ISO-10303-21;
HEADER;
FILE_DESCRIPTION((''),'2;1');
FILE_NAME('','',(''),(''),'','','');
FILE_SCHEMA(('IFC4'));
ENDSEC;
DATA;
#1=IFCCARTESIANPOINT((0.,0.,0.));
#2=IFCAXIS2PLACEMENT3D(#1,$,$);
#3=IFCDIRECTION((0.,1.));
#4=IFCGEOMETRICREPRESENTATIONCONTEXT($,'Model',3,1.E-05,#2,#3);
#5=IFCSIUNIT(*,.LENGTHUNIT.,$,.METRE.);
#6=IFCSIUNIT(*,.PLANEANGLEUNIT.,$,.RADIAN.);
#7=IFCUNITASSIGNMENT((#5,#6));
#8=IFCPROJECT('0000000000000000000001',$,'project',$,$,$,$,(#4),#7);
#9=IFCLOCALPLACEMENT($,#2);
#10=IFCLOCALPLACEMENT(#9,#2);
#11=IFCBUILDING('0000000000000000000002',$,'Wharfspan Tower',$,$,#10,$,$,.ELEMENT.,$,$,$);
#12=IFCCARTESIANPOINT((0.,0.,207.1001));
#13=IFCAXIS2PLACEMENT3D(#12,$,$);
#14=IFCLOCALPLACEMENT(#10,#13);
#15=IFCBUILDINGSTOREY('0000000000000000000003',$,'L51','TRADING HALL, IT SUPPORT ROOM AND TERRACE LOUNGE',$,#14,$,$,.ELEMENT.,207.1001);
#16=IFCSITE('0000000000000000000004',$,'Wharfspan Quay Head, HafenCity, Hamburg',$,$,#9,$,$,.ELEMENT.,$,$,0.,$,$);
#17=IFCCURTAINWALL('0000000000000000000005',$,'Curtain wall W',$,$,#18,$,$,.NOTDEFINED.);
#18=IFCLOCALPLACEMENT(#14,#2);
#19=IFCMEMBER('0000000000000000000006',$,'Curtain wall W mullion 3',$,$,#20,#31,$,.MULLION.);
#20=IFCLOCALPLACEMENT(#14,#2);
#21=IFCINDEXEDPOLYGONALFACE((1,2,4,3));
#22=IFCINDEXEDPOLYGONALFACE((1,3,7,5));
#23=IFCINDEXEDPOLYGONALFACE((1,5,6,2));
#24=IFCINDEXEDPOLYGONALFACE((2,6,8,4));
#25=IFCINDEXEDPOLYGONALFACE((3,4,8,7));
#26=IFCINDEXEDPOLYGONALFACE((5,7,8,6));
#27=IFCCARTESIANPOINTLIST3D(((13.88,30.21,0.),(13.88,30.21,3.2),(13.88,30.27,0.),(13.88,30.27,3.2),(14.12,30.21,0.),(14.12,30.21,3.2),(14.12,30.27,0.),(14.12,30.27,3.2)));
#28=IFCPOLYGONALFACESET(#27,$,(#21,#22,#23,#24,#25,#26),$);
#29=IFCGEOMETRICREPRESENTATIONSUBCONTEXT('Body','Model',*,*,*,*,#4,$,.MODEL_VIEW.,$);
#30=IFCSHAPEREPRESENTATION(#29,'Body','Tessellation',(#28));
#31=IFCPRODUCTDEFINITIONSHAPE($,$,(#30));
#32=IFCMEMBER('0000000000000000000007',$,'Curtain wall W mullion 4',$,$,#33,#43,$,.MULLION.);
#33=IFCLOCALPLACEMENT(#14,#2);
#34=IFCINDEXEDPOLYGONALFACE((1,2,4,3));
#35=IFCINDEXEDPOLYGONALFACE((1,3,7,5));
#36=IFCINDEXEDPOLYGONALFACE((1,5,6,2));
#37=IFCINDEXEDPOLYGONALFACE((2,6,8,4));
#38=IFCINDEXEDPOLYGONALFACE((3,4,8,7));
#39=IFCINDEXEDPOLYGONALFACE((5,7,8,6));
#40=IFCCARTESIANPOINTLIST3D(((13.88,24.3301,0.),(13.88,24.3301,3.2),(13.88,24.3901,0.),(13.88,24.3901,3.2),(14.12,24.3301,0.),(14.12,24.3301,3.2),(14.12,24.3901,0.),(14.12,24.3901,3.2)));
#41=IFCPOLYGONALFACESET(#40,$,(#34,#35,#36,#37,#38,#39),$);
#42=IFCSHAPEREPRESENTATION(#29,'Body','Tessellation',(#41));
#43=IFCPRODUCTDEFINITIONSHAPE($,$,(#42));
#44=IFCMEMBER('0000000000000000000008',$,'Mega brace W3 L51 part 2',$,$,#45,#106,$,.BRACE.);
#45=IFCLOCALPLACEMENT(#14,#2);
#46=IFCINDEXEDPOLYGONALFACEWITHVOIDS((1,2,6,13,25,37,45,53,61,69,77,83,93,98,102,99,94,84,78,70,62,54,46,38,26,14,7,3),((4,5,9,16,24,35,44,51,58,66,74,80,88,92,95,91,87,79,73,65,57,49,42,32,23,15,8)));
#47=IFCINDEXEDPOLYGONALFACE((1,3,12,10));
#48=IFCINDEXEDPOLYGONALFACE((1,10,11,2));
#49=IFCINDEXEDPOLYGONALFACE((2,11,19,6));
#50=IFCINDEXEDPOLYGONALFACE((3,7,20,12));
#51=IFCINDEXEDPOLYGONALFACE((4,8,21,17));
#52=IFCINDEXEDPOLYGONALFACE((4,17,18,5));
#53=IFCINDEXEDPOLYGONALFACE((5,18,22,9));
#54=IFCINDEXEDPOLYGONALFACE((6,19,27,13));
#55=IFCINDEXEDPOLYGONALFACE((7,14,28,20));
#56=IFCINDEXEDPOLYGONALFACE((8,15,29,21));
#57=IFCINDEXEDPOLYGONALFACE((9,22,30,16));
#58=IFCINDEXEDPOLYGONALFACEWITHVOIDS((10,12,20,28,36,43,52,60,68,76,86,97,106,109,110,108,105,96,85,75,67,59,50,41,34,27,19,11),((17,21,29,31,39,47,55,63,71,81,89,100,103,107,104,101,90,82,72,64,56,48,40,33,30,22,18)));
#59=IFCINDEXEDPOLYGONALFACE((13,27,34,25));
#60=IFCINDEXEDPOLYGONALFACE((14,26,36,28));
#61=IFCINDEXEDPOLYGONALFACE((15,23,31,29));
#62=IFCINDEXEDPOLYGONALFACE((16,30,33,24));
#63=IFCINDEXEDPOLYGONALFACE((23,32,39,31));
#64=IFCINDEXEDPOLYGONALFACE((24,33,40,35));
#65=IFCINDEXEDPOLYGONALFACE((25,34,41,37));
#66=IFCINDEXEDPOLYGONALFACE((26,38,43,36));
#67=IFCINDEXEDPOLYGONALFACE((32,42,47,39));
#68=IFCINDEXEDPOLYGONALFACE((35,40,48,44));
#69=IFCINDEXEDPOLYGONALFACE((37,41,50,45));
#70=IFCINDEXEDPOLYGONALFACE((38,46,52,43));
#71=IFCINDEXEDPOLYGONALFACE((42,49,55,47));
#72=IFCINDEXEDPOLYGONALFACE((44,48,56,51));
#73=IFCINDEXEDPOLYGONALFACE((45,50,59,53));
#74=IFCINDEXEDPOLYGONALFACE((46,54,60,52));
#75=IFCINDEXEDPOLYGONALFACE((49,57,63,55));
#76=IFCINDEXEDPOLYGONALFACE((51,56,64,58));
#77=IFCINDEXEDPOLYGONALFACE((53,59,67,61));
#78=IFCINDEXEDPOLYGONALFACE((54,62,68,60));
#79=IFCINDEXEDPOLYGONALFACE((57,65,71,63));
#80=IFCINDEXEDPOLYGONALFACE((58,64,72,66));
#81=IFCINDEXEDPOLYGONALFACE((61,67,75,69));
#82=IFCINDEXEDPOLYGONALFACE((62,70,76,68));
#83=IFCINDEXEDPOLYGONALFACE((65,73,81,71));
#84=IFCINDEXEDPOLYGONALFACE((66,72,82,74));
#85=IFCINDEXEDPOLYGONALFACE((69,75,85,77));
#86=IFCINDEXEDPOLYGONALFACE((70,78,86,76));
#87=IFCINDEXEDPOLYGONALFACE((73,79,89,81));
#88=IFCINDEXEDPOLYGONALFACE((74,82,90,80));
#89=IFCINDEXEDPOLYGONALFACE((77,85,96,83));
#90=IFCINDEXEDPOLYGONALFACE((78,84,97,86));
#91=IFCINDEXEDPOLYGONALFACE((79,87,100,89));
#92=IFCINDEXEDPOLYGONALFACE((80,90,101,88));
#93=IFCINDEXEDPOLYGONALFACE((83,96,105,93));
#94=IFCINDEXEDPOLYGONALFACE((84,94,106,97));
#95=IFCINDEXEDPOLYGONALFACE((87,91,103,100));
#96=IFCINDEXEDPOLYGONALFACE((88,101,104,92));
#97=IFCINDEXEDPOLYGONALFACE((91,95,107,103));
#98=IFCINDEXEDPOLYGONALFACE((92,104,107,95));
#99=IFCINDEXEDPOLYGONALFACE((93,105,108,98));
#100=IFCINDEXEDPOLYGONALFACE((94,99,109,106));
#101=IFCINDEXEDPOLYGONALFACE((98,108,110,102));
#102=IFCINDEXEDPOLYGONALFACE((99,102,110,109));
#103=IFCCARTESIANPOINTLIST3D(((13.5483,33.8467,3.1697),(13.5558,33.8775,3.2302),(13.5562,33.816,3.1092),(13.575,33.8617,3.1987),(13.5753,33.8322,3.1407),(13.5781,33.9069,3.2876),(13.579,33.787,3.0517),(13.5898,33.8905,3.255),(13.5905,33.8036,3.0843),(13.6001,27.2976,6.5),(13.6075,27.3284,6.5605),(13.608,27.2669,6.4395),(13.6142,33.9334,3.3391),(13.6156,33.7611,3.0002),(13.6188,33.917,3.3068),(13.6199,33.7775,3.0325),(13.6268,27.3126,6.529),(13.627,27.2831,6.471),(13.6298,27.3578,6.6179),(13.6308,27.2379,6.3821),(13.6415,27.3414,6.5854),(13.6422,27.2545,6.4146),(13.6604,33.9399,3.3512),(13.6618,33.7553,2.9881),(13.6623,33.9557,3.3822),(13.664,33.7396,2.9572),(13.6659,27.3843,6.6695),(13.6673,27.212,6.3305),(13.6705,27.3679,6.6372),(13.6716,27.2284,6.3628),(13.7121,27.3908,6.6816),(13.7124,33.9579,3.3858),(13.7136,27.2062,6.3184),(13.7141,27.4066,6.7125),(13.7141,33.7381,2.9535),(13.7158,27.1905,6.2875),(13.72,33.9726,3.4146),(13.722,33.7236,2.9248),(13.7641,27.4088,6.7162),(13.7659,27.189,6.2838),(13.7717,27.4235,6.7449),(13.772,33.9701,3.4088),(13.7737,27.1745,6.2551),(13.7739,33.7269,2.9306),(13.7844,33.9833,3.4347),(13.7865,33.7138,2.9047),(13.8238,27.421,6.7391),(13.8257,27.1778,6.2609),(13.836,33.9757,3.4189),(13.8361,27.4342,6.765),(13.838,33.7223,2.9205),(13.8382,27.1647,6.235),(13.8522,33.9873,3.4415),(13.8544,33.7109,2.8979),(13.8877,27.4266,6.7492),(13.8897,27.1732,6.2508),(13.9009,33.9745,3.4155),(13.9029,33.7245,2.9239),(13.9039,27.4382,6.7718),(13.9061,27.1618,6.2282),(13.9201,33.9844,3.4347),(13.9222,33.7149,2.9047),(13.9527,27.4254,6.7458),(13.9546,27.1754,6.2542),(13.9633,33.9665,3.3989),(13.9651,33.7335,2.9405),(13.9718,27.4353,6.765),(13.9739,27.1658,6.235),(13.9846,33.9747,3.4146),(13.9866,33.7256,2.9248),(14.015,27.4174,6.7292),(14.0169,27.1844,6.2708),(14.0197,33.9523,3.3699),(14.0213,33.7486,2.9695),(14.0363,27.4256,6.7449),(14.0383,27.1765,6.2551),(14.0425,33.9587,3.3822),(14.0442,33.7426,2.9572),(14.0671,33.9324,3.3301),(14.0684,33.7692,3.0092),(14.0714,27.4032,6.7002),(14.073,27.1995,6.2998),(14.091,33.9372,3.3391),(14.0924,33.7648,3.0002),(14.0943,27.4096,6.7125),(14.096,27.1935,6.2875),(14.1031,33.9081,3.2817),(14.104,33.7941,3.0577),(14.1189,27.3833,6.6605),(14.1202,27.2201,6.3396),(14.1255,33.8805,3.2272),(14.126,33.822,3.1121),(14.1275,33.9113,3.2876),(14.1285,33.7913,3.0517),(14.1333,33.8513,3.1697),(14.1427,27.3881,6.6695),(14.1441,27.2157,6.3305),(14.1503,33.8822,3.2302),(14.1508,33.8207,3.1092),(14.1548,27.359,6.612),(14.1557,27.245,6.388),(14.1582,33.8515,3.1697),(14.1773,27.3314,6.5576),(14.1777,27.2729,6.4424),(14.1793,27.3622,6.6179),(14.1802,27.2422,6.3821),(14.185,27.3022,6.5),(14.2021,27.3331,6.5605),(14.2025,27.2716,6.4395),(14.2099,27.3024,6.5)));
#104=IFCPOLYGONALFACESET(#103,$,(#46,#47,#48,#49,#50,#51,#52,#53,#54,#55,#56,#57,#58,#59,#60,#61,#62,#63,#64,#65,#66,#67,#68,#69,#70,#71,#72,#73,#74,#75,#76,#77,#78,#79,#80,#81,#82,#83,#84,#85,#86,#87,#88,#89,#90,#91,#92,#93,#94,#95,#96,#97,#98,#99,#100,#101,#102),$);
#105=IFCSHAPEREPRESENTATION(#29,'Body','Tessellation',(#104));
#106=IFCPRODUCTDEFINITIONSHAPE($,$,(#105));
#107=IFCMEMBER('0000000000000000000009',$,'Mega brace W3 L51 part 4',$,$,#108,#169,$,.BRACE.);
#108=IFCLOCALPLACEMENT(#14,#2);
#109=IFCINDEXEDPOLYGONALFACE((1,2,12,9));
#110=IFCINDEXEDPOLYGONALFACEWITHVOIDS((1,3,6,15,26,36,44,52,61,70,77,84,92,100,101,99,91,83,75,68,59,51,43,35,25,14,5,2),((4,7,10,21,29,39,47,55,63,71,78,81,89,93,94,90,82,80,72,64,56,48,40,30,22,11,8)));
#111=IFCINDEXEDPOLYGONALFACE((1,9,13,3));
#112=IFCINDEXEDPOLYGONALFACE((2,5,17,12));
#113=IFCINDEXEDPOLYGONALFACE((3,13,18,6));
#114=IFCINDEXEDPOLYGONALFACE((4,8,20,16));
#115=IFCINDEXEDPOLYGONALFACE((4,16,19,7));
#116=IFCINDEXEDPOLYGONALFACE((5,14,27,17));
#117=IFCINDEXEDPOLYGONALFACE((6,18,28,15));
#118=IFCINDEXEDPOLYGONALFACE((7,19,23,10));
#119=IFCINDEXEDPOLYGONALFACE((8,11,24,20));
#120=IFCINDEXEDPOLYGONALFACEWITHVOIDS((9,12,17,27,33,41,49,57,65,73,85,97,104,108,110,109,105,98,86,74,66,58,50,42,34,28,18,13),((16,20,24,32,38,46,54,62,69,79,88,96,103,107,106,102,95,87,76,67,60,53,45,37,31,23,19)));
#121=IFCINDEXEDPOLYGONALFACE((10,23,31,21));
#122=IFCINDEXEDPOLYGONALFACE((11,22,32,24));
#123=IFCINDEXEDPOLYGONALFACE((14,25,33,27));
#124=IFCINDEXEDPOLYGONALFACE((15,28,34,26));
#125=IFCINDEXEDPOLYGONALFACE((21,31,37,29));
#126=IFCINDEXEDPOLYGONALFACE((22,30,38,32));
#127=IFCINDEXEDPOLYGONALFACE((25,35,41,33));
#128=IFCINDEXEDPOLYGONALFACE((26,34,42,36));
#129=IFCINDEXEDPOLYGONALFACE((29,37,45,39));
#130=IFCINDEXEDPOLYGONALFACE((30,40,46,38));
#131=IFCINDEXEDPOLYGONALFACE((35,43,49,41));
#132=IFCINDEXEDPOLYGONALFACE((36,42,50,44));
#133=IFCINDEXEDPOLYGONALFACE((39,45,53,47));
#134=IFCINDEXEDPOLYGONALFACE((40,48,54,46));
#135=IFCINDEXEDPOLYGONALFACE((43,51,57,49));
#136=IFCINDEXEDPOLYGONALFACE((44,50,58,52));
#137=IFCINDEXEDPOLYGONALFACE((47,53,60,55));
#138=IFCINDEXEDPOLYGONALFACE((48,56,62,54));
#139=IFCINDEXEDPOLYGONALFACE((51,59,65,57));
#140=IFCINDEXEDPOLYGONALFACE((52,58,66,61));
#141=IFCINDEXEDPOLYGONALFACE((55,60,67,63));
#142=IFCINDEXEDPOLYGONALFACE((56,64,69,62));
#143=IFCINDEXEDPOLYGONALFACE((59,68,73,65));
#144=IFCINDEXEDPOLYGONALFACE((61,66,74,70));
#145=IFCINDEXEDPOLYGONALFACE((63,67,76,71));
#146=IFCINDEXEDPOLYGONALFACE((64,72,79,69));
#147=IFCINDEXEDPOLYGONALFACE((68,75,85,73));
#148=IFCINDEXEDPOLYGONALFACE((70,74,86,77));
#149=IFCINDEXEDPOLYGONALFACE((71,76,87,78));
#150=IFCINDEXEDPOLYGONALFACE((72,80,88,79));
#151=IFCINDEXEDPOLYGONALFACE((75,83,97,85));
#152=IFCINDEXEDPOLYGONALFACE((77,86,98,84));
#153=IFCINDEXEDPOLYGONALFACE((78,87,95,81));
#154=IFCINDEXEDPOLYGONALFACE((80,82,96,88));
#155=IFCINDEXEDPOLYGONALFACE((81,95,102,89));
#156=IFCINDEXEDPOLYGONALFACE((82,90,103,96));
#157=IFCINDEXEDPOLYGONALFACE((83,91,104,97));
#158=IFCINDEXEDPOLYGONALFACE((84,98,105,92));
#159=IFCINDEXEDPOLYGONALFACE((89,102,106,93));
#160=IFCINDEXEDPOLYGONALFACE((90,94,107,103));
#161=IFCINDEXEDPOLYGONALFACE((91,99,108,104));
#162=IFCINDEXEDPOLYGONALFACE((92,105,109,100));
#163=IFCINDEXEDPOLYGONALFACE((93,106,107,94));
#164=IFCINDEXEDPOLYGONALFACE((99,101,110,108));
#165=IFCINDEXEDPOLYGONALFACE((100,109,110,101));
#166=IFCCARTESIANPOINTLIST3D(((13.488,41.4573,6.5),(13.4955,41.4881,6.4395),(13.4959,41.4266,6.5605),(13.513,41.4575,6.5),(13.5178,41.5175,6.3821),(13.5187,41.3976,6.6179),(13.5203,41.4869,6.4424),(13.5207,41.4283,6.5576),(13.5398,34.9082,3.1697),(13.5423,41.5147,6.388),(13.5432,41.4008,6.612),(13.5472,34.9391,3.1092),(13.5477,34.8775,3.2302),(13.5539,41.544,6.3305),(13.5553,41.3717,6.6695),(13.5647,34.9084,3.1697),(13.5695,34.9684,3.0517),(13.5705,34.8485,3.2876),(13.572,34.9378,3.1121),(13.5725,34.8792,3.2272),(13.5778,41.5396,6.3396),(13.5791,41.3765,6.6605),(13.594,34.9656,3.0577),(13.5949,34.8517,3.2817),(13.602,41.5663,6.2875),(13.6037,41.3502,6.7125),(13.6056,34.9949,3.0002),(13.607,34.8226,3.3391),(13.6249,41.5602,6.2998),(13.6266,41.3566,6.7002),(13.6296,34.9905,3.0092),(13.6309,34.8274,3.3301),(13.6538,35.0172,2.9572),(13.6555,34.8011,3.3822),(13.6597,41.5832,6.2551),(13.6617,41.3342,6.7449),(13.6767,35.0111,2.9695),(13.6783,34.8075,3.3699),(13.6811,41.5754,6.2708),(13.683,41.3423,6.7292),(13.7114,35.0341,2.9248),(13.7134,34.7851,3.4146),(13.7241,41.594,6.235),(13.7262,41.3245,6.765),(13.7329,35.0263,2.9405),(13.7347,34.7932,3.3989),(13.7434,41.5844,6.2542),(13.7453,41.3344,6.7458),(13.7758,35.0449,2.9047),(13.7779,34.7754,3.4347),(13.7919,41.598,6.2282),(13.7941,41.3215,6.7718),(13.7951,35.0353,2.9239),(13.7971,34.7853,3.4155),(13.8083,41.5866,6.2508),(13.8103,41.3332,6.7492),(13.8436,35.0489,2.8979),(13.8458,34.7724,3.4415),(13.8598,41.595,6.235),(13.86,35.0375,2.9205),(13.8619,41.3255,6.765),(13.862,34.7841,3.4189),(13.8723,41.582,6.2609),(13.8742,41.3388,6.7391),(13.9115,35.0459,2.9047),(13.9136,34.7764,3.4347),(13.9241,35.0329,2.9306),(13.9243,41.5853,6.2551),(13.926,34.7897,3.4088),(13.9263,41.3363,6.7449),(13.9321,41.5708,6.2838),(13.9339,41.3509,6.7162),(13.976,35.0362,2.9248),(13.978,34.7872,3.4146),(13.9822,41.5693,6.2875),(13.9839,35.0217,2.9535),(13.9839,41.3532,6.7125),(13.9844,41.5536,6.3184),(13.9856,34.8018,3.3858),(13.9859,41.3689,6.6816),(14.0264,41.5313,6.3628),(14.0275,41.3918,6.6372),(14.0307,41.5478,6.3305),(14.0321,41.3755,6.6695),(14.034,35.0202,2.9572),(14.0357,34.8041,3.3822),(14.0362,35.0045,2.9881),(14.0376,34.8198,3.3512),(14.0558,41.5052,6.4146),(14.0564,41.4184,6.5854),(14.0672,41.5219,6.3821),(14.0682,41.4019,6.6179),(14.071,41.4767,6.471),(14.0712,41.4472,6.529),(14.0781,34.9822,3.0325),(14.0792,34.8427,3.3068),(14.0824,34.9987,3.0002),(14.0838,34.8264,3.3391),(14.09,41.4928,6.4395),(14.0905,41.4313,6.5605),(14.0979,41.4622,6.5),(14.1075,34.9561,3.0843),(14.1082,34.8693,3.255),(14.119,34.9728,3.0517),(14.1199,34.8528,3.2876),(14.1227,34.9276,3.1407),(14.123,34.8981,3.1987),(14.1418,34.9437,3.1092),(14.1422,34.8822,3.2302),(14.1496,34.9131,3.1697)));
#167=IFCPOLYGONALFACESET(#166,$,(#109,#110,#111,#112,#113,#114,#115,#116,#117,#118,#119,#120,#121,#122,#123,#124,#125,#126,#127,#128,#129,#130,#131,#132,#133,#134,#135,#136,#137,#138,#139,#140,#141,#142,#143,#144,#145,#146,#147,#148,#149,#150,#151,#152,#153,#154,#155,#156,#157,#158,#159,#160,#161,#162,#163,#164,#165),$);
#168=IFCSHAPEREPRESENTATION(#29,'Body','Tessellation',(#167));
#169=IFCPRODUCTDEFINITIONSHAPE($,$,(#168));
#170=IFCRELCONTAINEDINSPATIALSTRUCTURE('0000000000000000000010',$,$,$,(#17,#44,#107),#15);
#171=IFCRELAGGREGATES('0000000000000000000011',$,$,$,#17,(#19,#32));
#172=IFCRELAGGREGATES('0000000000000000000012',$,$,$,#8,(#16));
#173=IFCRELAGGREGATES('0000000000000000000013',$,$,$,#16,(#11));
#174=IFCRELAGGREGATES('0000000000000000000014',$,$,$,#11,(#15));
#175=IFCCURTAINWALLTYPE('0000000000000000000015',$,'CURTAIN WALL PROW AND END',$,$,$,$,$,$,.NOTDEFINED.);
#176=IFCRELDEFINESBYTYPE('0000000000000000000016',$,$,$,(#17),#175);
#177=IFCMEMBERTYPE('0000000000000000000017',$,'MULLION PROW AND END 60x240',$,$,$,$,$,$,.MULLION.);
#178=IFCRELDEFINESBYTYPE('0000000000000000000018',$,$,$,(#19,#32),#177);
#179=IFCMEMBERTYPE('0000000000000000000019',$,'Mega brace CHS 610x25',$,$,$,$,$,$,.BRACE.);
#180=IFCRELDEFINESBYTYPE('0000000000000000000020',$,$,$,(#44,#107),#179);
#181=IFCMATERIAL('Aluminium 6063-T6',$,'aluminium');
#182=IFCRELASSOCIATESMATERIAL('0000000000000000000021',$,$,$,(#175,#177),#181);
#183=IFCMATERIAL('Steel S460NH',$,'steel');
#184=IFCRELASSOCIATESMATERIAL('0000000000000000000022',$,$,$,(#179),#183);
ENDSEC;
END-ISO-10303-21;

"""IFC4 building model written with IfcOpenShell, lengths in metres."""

from ifc_helpers import new_model, si_unit, direction, frame, origin, origin_2d, place, context, subcontext, project, spatial, rectangle, hollow_circle, extrude, material, material_profile, profile_set, type_object, element, aggregate, save


model = new_model("IFC4")

# Units and contexts
model_context = context("Model", 3, precision=1e-05, world=origin(), true_north=direction((0.0, 1.0)))
body_context = subcontext(model_context, "Body", "Model", "MODEL_VIEW")
ifc_project = project(units=[si_unit("LENGTHUNIT", "METRE"), si_unit("PLANEANGLEUNIT", "RADIAN")], contexts=[model_context])

# Site, building, storey
site_placement = place(None, origin())
site = spatial("IfcSite", under=ifc_project, at=site_placement, Name="Wharfspan Quay Head, HafenCity, Hamburg", CompositionType="ELEMENT", RefElevation=0.0)
building_placement = place(site_placement, origin())
building = spatial("IfcBuilding", under=site, at=building_placement, Name="Wharfspan Tower", CompositionType="ELEMENT")
storey_placement = place(building_placement, frame((0.0, 0.0, 207.1001)))
storey = spatial("IfcBuildingStorey", under=building, at=storey_placement, Name="L51", Description="TRADING HALL, IT SUPPORT ROOM AND TERRACE LOUNGE", CompositionType="ELEMENT", Elevation=207.1001)

# Shared definitions
ifc_material_1 = material(Name="Steel S460NH", Category="steel")

# Curtain wall, members
ifc_material_2 = material(Name="Aluminium 6063-T6", Category="aluminium")
curtain_wall_type = type_object("IfcCurtainWallType", Name="CURTAIN WALL PROW AND END", PredefinedType="NOTDEFINED", material=ifc_material_2)
curtain_wall_placement = place(storey_placement, origin())
curtain_wall = element("IfcCurtainWall", 1, at=curtain_wall_placement, inside=storey, type_object=curtain_wall_type, Name="Curtain wall W", PredefinedType="NOTDEFINED")
ifc_material_profile_1 = material_profile(ifc_material_2, rectangle(XDim=0.24, YDim=0.0601, at=origin_2d()))
ifc_profile_set_1 = profile_set([ifc_material_profile_1], Name="Aluminium 6063-T6")
member_type_1 = type_object("IfcMemberType", Name="MULLION PROW AND END 60x240", PredefinedType="MULLION", material=ifc_profile_set_1)
member_1_placement = place(storey_placement, frame((14.0, 30.24, 0.0), z_axis=(0.0, 0.0, 1.0), x_axis=(1.0, 0.0, 0.0)))
member_1 = element("IfcMember", 2, at=member_1_placement, type_object=member_type_1, Name="Curtain wall W mullion 3", PredefinedType="MULLION", context=body_context, shape_type="SweptSolid", body=[
    extrude(rectangle(XDim=0.24, YDim=0.0601, at=origin_2d()), origin(), (0.0, 0.0, 1.0), 3.2),
])
member_2_placement = place(storey_placement, frame((14.0, 24.3601, 0.0), z_axis=(0.0, 0.0, 1.0), x_axis=(1.0, 0.0, 0.0)))
member_2 = element("IfcMember", 3, at=member_2_placement, type_object=member_type_1, Name="Curtain wall W mullion 4", PredefinedType="MULLION", context=body_context, shape_type="SweptSolid", body=[
    extrude(rectangle(XDim=0.24, YDim=0.0601, at=origin_2d()), origin(), (0.0, 0.0, 1.0), 3.2),
])

# Members
ifc_material_profile_2 = material_profile(ifc_material_1, hollow_circle(Radius=0.3049, WallThickness=0.0249, at=origin_2d()))
ifc_profile_set_2 = profile_set([ifc_material_profile_2], Name="Steel S460NH")
member_type_2 = type_object("IfcMemberType", Name="Mega brace CHS 610x25", PredefinedType="BRACE", material=ifc_profile_set_2)
for number, where, z_axis, x_axis, name in (
    (4, (13.8533, 33.8491, 3.1697), (0.007044, -0.891347, 0.453266), (0.999973, 0.007904, 0.000003), "Mega brace W3 L51 part 2"),
    (5, (13.8447, 34.9106, 3.1697), (-0.007044, 0.891347, 0.453266), (-0.999973, -0.007904, 0.000003), "Mega brace W3 L51 part 4"),
):
    element("IfcMember", number, at=place(storey_placement, frame(where, z_axis=z_axis, x_axis=x_axis)), inside=storey, type_object=member_type_2, Name=name, PredefinedType="BRACE", context=body_context, shape_type="SweptSolid", body=[
        extrude(hollow_circle(Radius=0.3049, WallThickness=0.0249, at=origin_2d()), origin(), (0.0, 0.0, 1.0), 7.3474),
    ])

aggregate(curtain_wall, [member_1, member_2])

save(model, "model.ifc")
